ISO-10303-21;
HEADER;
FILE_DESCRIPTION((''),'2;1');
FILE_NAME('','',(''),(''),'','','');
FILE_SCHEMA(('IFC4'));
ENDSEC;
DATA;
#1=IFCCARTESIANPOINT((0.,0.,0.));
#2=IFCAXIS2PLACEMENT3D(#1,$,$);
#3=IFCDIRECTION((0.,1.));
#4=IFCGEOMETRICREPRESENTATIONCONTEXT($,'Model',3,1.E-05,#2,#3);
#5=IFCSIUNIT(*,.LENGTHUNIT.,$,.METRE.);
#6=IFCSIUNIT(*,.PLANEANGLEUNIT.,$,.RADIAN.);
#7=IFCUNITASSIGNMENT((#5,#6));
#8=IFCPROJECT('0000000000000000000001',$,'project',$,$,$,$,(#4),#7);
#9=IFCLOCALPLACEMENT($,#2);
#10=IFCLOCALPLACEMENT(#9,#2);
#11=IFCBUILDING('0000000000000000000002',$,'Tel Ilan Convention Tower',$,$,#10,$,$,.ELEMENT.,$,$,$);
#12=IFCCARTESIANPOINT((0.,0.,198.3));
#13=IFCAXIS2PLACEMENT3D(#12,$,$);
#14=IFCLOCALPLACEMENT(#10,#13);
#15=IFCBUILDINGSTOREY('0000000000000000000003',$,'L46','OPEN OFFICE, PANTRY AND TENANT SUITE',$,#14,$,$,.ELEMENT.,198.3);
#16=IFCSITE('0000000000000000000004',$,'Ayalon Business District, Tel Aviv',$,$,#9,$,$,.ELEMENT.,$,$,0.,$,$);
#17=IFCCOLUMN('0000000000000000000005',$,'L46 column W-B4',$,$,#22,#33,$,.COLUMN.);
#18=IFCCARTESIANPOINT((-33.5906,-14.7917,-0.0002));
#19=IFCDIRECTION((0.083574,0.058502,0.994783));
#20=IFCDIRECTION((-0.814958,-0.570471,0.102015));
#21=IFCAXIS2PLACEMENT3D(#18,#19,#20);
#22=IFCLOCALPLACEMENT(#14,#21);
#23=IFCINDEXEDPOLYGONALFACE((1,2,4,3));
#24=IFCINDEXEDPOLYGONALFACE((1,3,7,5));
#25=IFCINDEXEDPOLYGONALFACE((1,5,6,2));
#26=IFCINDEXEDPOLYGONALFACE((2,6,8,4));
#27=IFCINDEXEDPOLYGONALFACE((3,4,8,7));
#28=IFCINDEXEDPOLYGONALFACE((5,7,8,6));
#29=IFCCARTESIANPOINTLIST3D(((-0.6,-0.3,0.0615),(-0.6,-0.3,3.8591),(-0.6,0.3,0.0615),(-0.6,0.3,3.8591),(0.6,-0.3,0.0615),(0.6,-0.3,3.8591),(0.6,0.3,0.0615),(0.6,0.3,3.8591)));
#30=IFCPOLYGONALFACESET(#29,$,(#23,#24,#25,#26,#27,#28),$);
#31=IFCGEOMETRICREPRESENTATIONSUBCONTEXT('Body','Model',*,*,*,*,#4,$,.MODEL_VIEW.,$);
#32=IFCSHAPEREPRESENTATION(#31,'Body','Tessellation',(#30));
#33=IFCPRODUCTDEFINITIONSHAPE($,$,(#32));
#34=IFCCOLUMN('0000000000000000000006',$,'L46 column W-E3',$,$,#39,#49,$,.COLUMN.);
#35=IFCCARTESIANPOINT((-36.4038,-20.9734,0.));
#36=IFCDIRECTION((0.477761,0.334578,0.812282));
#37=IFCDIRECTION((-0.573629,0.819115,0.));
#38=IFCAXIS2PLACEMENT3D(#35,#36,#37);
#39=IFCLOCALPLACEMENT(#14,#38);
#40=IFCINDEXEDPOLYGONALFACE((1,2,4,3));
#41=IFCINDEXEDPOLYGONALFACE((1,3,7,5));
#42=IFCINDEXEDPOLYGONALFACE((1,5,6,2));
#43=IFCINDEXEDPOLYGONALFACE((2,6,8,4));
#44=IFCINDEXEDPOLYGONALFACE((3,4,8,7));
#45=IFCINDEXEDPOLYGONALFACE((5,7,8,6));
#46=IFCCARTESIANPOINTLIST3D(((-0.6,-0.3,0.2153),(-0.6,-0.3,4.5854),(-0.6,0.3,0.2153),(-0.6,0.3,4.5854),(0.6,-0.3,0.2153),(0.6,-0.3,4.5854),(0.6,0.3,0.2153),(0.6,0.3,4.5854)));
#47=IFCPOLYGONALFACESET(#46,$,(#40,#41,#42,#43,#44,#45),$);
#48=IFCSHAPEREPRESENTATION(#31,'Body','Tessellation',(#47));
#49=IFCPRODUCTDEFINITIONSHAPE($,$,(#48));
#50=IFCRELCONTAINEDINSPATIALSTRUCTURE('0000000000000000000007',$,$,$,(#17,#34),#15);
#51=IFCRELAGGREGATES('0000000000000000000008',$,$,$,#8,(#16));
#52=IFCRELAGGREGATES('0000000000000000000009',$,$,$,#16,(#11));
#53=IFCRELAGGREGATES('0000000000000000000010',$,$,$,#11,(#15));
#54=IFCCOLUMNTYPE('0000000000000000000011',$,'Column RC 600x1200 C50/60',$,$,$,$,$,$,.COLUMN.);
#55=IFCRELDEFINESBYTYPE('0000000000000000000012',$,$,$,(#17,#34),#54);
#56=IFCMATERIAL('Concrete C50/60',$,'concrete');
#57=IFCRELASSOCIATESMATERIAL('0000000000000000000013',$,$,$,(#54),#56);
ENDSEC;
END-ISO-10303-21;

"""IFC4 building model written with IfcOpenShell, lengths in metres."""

from ifc_helpers import new_model, si_unit, direction, frame, origin, origin_2d, place, context, subcontext, project, spatial, rectangle, extrude, clip, halfspace, material, material_profile, profile_set, type_object, element, save


model = new_model("IFC4")

# Units and contexts
model_context = context("Model", 3, precision=1e-05, world=origin(), true_north=direction((0.0, 1.0)))
body_context = subcontext(model_context, "Body", "Model", "MODEL_VIEW")
ifc_project = project(units=[si_unit("LENGTHUNIT", "METRE"), si_unit("PLANEANGLEUNIT", "RADIAN")], contexts=[model_context])

# Site, building, storey
site_placement = place(None, origin())
site = spatial("IfcSite", under=ifc_project, at=site_placement, Name="Ayalon Business District, Tel Aviv", CompositionType="ELEMENT", RefElevation=0.0)
building_placement = place(site_placement, origin())
building = spatial("IfcBuilding", under=site, at=building_placement, Name="Tel Ilan Convention Tower", CompositionType="ELEMENT")
storey_placement = place(building_placement, frame((0.0, 0.0, 198.3)))
storey = spatial("IfcBuildingStorey", under=building, at=storey_placement, Name="L46", Description="OPEN OFFICE, PANTRY AND TENANT SUITE", CompositionType="ELEMENT", Elevation=198.3)

# Columns
ifc_material_1 = material(Name="Concrete C50/60", Category="concrete")
ifc_material_profile_1 = material_profile(ifc_material_1, rectangle(XDim=1.2, YDim=0.6001, at=origin_2d()), Name="RC 600x1200")
ifc_profile_set_1 = profile_set([ifc_material_profile_1], Name="Concrete C50/60")
column_type_1 = type_object("IfcColumnType", Name="Column RC 600x1200 C50/60", PredefinedType="COLUMN", material=ifc_profile_set_1)
column_1_placement = place(storey_placement, frame((-33.5906, -14.7917, -0.0002), z_axis=(0.083574, 0.058502, 0.994783), x_axis=(-0.814958, -0.570471, 0.102015)))
element("IfcColumn", 1, at=column_1_placement, inside=storey, type_object=column_type_1, Name="L46 column W-B4", PredefinedType="COLUMN", context=body_context, shape_type="Clipping", body=[
    clip(clip(extrude(rectangle(XDim=1.2, YDim=0.6001, at=origin_2d()), origin(), (0.0, 0.0, 1.0), 3.9207), halfspace(frame((0.0, 0.0, 0.0615), z_axis=(0.0, 0.0, 1.0), x_axis=(1.0, 0.0, 0.0)), True)), halfspace(frame((0.0, 0.0, 3.8591), z_axis=(0.0, 0.0, 1.0), x_axis=(1.0, 0.0, 0.0)), False)),
])
column_2_placement = place(storey_placement, frame((-36.4038, -20.9734, 0.0), z_axis=(0.477761, 0.334578, 0.812282), x_axis=(-0.573629, 0.819115, 0.0)))
element("IfcColumn", 2, at=column_2_placement, inside=storey, type_object=column_type_1, Name="L46 column W-E3", PredefinedType="COLUMN", context=body_context, shape_type="Clipping", body=[
    clip(clip(extrude(rectangle(XDim=1.2, YDim=0.6001, at=origin_2d()), origin(), (0.0, 0.0, 1.0), 4.801), halfspace(frame((0.0, 0.0, 0.2153), z_axis=(0.0, 0.0, 1.0), x_axis=(1.0, 0.0, 0.0)), True)), halfspace(frame((0.0, 0.0, 4.5854), z_axis=(0.0, 0.0, 1.0), x_axis=(1.0, 0.0, 0.0)), False)),
])

save(model, "model.ifc")
